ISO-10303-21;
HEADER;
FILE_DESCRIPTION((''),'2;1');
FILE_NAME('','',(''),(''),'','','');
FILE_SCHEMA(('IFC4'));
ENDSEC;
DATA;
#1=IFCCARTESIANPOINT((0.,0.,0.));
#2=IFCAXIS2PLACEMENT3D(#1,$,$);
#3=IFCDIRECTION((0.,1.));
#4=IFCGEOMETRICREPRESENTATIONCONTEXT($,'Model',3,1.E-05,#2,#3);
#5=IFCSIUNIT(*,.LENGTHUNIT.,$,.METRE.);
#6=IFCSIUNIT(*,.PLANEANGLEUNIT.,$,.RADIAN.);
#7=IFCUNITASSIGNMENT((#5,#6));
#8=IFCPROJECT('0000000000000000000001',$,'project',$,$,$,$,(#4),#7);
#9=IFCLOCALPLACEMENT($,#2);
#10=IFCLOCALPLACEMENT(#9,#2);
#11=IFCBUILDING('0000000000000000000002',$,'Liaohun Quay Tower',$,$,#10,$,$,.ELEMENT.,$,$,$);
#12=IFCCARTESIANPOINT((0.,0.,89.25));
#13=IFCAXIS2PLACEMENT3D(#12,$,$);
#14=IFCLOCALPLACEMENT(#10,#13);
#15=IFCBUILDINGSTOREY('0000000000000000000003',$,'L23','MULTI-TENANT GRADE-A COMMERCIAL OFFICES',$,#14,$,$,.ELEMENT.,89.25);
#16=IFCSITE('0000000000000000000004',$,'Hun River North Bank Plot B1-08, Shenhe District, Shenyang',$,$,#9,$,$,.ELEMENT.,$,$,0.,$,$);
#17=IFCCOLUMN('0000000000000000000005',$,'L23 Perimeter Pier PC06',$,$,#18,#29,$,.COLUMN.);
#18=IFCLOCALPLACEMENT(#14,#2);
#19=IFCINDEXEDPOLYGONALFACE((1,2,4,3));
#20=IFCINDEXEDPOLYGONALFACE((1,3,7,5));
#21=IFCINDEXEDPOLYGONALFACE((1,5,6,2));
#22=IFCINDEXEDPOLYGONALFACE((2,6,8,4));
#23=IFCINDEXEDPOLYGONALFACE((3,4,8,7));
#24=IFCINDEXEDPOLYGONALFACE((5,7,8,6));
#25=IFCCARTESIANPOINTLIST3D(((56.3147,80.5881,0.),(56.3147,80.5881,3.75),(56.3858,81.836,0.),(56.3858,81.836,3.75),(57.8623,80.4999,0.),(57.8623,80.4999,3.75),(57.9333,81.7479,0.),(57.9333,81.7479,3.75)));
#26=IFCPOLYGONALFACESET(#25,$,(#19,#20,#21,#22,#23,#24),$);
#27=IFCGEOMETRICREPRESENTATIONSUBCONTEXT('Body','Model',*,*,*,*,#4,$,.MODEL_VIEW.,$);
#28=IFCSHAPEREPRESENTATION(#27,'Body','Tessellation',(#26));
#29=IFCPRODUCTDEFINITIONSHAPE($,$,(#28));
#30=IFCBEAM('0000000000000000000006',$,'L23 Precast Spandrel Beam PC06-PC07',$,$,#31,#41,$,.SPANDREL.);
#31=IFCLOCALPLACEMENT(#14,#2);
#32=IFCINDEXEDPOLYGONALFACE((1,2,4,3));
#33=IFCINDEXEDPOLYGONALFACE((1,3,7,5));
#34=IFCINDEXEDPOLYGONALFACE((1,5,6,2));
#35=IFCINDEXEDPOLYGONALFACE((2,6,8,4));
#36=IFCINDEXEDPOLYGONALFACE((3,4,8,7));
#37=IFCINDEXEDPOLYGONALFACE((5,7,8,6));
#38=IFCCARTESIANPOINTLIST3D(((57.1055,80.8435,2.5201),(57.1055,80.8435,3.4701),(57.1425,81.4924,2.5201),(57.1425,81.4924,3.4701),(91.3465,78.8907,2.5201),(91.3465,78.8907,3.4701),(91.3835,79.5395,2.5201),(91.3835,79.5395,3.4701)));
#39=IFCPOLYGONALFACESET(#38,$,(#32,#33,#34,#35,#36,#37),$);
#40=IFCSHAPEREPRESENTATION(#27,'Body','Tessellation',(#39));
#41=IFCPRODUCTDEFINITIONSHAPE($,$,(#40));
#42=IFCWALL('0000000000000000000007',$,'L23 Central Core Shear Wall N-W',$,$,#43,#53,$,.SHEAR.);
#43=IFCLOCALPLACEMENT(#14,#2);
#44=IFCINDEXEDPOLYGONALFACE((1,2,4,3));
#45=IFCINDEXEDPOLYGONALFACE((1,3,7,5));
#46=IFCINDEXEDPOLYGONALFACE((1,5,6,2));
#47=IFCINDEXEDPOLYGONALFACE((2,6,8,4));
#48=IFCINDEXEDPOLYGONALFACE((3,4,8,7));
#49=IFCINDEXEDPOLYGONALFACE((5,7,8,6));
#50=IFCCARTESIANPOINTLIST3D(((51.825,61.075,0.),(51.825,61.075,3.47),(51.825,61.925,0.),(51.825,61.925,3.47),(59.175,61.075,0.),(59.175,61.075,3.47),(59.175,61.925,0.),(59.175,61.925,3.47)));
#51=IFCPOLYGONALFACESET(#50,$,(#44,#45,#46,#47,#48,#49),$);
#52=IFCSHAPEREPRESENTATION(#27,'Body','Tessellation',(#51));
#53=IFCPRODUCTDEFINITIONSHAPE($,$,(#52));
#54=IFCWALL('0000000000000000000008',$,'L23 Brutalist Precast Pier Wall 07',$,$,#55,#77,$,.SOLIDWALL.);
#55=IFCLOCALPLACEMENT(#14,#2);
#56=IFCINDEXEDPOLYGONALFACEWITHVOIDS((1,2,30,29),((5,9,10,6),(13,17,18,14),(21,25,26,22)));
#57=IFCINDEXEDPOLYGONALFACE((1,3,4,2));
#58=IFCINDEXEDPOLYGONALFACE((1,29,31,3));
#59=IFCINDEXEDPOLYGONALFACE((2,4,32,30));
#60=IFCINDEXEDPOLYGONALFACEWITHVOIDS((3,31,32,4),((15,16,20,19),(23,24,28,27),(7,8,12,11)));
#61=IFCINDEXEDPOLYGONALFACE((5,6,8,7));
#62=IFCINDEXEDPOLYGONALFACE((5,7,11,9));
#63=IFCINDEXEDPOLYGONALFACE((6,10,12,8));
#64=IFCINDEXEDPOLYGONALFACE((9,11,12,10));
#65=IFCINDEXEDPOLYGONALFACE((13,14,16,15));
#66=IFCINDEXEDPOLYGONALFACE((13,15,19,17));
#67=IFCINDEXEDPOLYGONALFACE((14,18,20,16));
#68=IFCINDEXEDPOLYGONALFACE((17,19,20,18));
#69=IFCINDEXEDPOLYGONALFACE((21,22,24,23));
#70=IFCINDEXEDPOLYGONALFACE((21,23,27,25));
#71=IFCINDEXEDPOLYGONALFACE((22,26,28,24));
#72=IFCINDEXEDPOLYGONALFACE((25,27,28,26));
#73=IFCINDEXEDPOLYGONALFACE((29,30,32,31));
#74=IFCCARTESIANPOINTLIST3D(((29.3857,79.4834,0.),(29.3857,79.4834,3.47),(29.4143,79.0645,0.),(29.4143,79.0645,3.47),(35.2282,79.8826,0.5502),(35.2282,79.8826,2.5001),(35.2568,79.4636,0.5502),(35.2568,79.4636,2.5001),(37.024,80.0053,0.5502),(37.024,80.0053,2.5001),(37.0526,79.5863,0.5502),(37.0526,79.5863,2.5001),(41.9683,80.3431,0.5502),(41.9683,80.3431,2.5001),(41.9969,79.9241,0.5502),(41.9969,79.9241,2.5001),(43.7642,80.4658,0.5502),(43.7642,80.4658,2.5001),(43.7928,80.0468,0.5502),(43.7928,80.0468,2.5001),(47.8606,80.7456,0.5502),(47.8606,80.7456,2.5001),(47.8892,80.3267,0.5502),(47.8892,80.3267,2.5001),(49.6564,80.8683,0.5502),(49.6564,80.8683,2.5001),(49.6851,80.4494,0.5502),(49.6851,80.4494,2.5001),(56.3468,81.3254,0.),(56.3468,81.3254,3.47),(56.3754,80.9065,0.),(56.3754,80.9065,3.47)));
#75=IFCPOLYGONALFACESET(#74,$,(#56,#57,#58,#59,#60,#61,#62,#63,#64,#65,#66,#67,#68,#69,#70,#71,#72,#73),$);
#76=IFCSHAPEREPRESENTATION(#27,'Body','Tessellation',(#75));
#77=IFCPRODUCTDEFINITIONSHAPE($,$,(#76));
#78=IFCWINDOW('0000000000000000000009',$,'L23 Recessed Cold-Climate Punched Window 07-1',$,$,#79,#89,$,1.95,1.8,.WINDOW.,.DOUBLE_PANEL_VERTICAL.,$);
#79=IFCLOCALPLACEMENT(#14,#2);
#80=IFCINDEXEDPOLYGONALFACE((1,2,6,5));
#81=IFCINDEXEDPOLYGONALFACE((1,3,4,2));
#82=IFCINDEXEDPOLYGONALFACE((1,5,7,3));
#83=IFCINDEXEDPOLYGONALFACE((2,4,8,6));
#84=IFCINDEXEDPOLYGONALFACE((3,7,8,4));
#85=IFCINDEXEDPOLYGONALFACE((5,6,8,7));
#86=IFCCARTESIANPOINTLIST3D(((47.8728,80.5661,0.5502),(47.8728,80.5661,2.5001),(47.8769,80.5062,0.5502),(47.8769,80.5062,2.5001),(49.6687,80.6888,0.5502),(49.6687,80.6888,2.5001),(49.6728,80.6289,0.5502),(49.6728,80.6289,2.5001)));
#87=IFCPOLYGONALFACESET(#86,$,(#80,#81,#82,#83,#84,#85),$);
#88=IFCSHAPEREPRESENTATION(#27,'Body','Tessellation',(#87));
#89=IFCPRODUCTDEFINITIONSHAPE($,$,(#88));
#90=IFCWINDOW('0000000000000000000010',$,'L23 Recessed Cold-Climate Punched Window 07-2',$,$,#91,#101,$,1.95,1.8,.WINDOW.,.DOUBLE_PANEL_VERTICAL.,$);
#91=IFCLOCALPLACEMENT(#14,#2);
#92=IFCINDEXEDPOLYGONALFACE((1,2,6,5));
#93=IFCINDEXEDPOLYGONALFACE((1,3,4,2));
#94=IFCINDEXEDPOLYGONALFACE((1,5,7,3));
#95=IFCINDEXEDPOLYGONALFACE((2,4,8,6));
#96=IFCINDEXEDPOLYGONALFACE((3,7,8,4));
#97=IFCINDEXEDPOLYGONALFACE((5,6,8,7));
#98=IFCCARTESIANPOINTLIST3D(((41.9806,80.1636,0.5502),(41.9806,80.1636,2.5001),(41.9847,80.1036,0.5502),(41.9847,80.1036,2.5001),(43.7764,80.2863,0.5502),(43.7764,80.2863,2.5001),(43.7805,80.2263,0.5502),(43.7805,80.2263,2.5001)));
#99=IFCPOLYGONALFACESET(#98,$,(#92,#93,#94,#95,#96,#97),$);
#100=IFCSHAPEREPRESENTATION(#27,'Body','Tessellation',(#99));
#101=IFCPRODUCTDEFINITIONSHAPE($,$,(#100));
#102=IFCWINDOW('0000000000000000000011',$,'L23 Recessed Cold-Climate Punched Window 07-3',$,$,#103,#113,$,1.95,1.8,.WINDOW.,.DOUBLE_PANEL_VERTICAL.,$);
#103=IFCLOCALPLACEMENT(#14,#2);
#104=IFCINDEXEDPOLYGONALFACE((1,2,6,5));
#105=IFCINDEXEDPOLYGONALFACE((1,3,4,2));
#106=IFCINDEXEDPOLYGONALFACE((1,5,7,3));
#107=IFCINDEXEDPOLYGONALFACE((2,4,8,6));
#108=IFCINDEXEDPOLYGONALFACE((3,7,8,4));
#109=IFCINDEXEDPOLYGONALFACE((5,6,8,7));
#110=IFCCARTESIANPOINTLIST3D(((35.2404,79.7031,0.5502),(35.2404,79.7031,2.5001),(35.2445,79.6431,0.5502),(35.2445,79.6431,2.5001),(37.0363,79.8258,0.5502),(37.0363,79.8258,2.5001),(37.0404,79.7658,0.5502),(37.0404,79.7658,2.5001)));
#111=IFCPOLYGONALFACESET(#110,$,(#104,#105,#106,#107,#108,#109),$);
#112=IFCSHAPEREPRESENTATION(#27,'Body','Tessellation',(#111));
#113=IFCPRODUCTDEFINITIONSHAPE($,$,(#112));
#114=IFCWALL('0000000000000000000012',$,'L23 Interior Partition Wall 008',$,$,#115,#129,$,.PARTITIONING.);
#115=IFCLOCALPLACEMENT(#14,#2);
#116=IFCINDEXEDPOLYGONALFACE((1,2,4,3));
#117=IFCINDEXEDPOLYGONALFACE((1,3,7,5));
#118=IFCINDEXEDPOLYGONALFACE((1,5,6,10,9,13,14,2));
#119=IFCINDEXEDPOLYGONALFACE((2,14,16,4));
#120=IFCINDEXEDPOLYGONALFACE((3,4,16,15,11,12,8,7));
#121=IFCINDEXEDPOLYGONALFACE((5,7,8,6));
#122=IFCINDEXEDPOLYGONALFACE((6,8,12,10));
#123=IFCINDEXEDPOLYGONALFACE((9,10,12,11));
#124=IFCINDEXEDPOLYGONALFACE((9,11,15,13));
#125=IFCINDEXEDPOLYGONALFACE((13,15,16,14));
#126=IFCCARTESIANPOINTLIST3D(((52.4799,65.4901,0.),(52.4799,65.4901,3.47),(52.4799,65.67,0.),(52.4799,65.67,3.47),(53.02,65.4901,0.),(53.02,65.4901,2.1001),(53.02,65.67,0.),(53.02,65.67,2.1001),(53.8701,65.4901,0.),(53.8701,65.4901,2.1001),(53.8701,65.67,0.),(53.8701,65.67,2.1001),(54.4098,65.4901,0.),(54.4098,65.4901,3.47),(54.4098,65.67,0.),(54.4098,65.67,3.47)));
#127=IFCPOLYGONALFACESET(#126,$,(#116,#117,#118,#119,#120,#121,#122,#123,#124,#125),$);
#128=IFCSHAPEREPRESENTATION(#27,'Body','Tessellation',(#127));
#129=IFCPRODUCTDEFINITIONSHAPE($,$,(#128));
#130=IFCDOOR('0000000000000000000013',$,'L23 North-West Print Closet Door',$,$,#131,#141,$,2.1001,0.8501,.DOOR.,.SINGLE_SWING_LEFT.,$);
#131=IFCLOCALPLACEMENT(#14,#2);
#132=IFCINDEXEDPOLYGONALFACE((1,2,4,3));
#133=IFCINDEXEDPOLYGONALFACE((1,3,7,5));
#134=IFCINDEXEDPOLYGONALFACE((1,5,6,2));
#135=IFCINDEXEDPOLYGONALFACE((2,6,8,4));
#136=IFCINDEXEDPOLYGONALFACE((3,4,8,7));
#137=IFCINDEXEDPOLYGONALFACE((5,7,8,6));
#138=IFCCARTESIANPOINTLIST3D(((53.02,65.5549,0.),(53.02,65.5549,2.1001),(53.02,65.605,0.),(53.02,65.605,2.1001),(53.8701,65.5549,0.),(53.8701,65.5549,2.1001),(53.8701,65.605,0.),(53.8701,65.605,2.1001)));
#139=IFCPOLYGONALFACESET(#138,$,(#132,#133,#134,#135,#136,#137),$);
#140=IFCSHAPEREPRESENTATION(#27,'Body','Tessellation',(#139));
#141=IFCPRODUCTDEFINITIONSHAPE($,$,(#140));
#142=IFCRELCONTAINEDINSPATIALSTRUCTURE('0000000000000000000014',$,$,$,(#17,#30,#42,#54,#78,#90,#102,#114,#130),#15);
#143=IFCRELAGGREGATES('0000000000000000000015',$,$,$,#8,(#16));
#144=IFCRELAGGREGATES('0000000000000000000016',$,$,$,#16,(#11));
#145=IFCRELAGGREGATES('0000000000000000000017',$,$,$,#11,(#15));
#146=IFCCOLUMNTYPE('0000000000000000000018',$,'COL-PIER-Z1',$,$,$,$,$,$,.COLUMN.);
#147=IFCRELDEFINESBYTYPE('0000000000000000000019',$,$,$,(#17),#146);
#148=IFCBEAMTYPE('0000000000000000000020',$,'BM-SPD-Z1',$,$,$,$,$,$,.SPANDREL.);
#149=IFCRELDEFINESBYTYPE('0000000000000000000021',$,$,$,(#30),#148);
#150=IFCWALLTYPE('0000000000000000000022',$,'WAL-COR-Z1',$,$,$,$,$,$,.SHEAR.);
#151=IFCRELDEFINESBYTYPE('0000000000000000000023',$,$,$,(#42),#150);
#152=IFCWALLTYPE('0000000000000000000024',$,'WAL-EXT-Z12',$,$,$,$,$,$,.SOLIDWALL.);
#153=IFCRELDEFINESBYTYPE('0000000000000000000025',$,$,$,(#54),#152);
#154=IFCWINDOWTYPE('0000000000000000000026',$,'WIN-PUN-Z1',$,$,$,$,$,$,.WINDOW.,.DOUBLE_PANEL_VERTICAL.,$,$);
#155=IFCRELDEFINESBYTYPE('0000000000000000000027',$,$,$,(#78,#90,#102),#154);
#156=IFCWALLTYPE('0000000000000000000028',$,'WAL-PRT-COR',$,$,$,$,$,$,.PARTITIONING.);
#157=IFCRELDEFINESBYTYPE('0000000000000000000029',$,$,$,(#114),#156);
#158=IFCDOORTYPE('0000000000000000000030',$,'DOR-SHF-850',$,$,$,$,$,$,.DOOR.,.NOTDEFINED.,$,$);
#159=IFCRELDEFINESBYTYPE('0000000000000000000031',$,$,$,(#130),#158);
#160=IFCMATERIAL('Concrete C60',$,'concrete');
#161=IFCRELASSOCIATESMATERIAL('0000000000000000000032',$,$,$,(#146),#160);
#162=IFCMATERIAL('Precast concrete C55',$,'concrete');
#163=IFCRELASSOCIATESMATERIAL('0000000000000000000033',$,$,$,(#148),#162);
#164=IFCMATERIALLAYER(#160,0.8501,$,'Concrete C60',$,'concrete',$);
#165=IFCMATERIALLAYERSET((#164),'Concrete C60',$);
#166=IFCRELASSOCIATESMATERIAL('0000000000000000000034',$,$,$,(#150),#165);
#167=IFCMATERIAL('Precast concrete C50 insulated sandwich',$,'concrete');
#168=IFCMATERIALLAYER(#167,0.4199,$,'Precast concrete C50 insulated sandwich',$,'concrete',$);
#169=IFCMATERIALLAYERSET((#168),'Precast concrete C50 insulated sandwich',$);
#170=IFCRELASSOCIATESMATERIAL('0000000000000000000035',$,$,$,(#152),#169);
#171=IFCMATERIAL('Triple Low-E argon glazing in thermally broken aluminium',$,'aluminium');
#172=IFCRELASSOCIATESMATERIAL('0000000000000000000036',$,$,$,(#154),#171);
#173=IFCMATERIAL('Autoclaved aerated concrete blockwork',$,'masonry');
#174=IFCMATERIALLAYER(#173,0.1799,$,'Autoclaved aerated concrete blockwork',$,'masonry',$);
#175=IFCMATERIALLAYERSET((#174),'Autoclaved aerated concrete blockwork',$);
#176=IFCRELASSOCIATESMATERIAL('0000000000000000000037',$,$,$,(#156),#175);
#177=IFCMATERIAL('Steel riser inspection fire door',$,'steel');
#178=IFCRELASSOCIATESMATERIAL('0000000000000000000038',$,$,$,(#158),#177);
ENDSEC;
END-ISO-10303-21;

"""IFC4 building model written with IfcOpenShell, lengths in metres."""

from ifc_helpers import new_model, si_unit, direction, frame, frame_2d, origin, origin_2d, place, context, subcontext, project, spatial, rectangle, extrude, source, transform, mapped, material, layer, layer_set, material_profile, profile_set, type_object, element, fill, save


model = new_model("IFC4")

# Units and contexts
model_context = context("Model", 3, precision=1e-05, world=origin(), true_north=direction((0.0, 1.0)))
body_context = subcontext(model_context, "Body", "Model", "MODEL_VIEW")
ifc_project = project(units=[si_unit("LENGTHUNIT", "METRE"), si_unit("PLANEANGLEUNIT", "RADIAN")], contexts=[model_context])

# Site, building, storey
site_placement = place(None, origin())
site = spatial("IfcSite", under=ifc_project, at=site_placement, Name="Hun River North Bank Plot B1-08, Shenhe District, Shenyang", CompositionType="ELEMENT", RefElevation=0.0)
building_placement = place(site_placement, origin())
building = spatial("IfcBuilding", under=site, at=building_placement, Name="Liaohun Quay Tower", CompositionType="ELEMENT")
storey_placement = place(building_placement, frame((0.0, 0.0, 89.25)))
storey = spatial("IfcBuildingStorey", under=building, at=storey_placement, Name="L23", Description="MULTI-TENANT GRADE-A COMMERCIAL OFFICES", CompositionType="ELEMENT", Elevation=89.25)

# Column
ifc_material_1 = material(Name="Concrete C60", Category="concrete")
ifc_material_profile_1 = material_profile(ifc_material_1, rectangle(XDim=1.55, YDim=1.25, at=origin_2d()), Name="RC1550x1250")
ifc_profile_set_1 = profile_set([ifc_material_profile_1], Name="Concrete C60")
column_type = type_object("IfcColumnType", Name="COL-PIER-Z1", PredefinedType="COLUMN", material=ifc_profile_set_1)
shared_shape_1 = source(origin(), body_context, "Body", "SweptSolid", [
    extrude(rectangle(XDim=1.55, YDim=1.25, at=origin_2d()), origin(), (0.0, 0.0, 1.0), 3.75),
])
column_placement = place(storey_placement, frame((57.124, 81.168, 0.0), z_axis=(0.0, 0.0, 1.0), x_axis=(-0.998382, 0.056867, 0.0)))
element("IfcColumn", 1, at=column_placement, inside=storey, type_object=column_type, Name="L23 Perimeter Pier PC06", PredefinedType="COLUMN", context=body_context, shape_type="MappedRepresentation", body=[
    mapped(shared_shape_1, transform((0.0, 0.0, 0.0), x_axis=(1.0, 0.0, 0.0), y_axis=(0.0, 1.0, 0.0), z_axis=(0.0, 0.0, 1.0), scale=1.0)),
])

# Beam
ifc_material_2 = material(Name="Precast concrete C55", Category="concrete")
ifc_material_profile_2 = material_profile(ifc_material_2, rectangle(XDim=0.6499, YDim=0.95, at=origin_2d()), Name="RC650x950")
ifc_profile_set_2 = profile_set([ifc_material_profile_2], Name="Precast concrete C55")
beam_type = type_object("IfcBeamType", Name="BM-SPD-Z1", PredefinedType="SPANDREL", material=ifc_profile_set_2)
shared_shape_2 = source(origin(), body_context, "Body", "SweptSolid", [
    extrude(rectangle(XDim=0.6499, YDim=0.95, at=origin_2d()), origin(), (0.0, 0.0, 1.0), 34.2966),
])
beam_placement = place(storey_placement, frame((57.124, 81.168, 2.9951), z_axis=(0.998378, -0.056941, 0.0), x_axis=(0.056941, 0.998378, 0.0)))
element("IfcBeam", 2, at=beam_placement, inside=storey, type_object=beam_type, Name="L23 Precast Spandrel Beam PC06-PC07", PredefinedType="SPANDREL", context=body_context, shape_type="MappedRepresentation", body=[
    mapped(shared_shape_2, transform((0.0, 0.0, 0.0), x_axis=(1.0, 0.0, 0.0), y_axis=(0.0, 1.0, 0.0), z_axis=(0.0, 0.0, 1.0), scale=1.0)),
])

# Wall
ifc_layer_1 = layer(ifc_material_1, 0.8501, Name="Concrete C60", Category="concrete")
ifc_layer_set_1 = layer_set([ifc_layer_1], Name="Concrete C60")
wall_type_1 = type_object("IfcWallType", Name="WAL-COR-Z1", PredefinedType="SHEAR", material=ifc_layer_set_1)
wall_1_placement = place(storey_placement, frame((51.825, 61.5, 0.0), z_axis=(0.0, 0.0, 1.0), x_axis=(1.0, 0.0, 0.0)))
element("IfcWall", 3, at=wall_1_placement, inside=storey, type_object=wall_type_1, Name="L23 Central Core Shear Wall N-W", PredefinedType="SHEAR", context=body_context, shape_type="SweptSolid", body=[
    extrude(rectangle(XDim=7.3501, YDim=0.8501, at=frame_2d((3.675, 0.0))), origin(), (0.0, 0.0, 1.0), 3.47),
])

# Wall, openings, windows
ifc_material_3 = material(Name="Precast concrete C50 insulated sandwich", Category="concrete")
ifc_layer_2 = layer(ifc_material_3, 0.4199, Name="Precast concrete C50 insulated sandwich", Category="concrete")
ifc_layer_set_2 = layer_set([ifc_layer_2], Name="Precast concrete C50 insulated sandwich")
wall_type_2 = type_object("IfcWallType", Name="WAL-EXT-Z12", PredefinedType="SOLIDWALL", material=ifc_layer_set_2)
wall_2_placement = place(storey_placement, frame((56.3611, 81.116, 0.0), z_axis=(0.0, 0.0, 1.0), x_axis=(-0.997674, -0.068163, 0.0)))
wall_2 = element("IfcWall", 4, at=wall_2_placement, inside=storey, type_object=wall_type_2, Name="L23 Brutalist Precast Pier Wall 07", PredefinedType="SOLIDWALL", context=body_context, shape_type="SweptSolid", body=[
    extrude(rectangle(XDim=27.0239, YDim=0.4199, at=frame_2d((13.512, 0.0))), origin(), (0.0, 0.0, 1.0), 3.47),
])
shared_shape_3 = source(origin(), body_context, "Body", "SweptSolid", [
    extrude(rectangle(XDim=1.8, YDim=1.95, at=frame_2d((0.8999, 0.9751))), frame((0.0, 0.22, 0.0), z_axis=(0.0, -1.0, 0.0), x_axis=(1.0, 0.0, 0.0)), (0.0, 0.0, 1.0), 0.4399),
])
opening_1_placement = place(wall_2_placement, frame((6.7061, 0.0, 0.55)))
opening_1 = element("IfcOpeningElement", 5, at=opening_1_placement, cuts=wall_2, PredefinedType="OPENING", context=body_context, shape_type="MappedRepresentation", body=[
    mapped(shared_shape_3, transform((0.0, 0.0, 0.0), x_axis=(1.0, 0.0, 0.0), y_axis=(0.0, 1.0, 0.0), z_axis=(0.0, 0.0, 1.0), scale=1.0)),
])
opening_2_placement = place(wall_2_placement, frame((12.6121, 0.0, 0.55)))
opening_2 = element("IfcOpeningElement", 6, at=opening_2_placement, cuts=wall_2, PredefinedType="OPENING", context=body_context, shape_type="MappedRepresentation", body=[
    mapped(shared_shape_3, transform((0.0, 0.0, 0.0), x_axis=(1.0, 0.0, 0.0), y_axis=(0.0, 1.0, 0.0), z_axis=(0.0, 0.0, 1.0), scale=1.0)),
])
opening_3_placement = place(wall_2_placement, frame((19.3679, 0.0, 0.55)))
opening_3 = element("IfcOpeningElement", 7, at=opening_3_placement, cuts=wall_2, PredefinedType="OPENING", context=body_context, shape_type="MappedRepresentation", body=[
    mapped(shared_shape_3, transform((0.0, 0.0, 0.0), x_axis=(1.0, 0.0, 0.0), y_axis=(0.0, 1.0, 0.0), z_axis=(0.0, 0.0, 1.0), scale=1.0)),
])
ifc_material_4 = material(Name="Triple Low-E argon glazing in thermally broken aluminium", Category="aluminium")
window_type = type_object("IfcWindowType", Name="WIN-PUN-Z1", PartitioningType="DOUBLE_PANEL_VERTICAL", PredefinedType="WINDOW", material=ifc_material_4)
shared_shape_4 = source(origin(), body_context, "Body", "SweptSolid", [
    extrude(rectangle(XDim=1.8, YDim=1.95, at=frame_2d((0.8999, 0.9751))), frame((0.0, 0.03, 0.0), z_axis=(0.0, -1.0, 0.0), x_axis=(1.0, 0.0, 0.0)), (0.0, 0.0, 1.0), 0.0601),
])
window_1_placement = place(opening_1_placement, origin())
window_1 = element("IfcWindow", 8, at=window_1_placement, inside=storey, type_object=window_type, Name="L23 Recessed Cold-Climate Punched Window 07-1", OverallHeight=1.95, OverallWidth=1.8, PartitioningType="DOUBLE_PANEL_VERTICAL", PredefinedType="WINDOW", context=body_context, shape_type="MappedRepresentation", body=[
    mapped(shared_shape_4, transform((0.0, 0.0, 0.0), x_axis=(1.0, 0.0, 0.0), y_axis=(0.0, 1.0, 0.0), z_axis=(0.0, 0.0, 1.0), scale=1.0)),
])
fill(opening_1, window_1)
window_2_placement = place(opening_2_placement, origin())
window_2 = element("IfcWindow", 9, at=window_2_placement, inside=storey, type_object=window_type, Name="L23 Recessed Cold-Climate Punched Window 07-2", OverallHeight=1.95, OverallWidth=1.8, PartitioningType="DOUBLE_PANEL_VERTICAL", PredefinedType="WINDOW", context=body_context, shape_type="MappedRepresentation", body=[
    mapped(shared_shape_4, transform((0.0, 0.0, 0.0), x_axis=(1.0, 0.0, 0.0), y_axis=(0.0, 1.0, 0.0), z_axis=(0.0, 0.0, 1.0), scale=1.0)),
])
fill(opening_2, window_2)
window_3_placement = place(opening_3_placement, origin())
window_3 = element("IfcWindow", 10, at=window_3_placement, inside=storey, type_object=window_type, Name="L23 Recessed Cold-Climate Punched Window 07-3", OverallHeight=1.95, OverallWidth=1.8, PartitioningType="DOUBLE_PANEL_VERTICAL", PredefinedType="WINDOW", context=body_context, shape_type="MappedRepresentation", body=[
    mapped(shared_shape_4, transform((0.0, 0.0, 0.0), x_axis=(1.0, 0.0, 0.0), y_axis=(0.0, 1.0, 0.0), z_axis=(0.0, 0.0, 1.0), scale=1.0)),
])
fill(opening_3, window_3)

# Wall, opening, door
ifc_material_5 = material(Name="Autoclaved aerated concrete blockwork", Category="masonry")
ifc_layer_3 = layer(ifc_material_5, 0.1799, Name="Autoclaved aerated concrete blockwork", Category="masonry")
ifc_layer_set_3 = layer_set([ifc_layer_3], Name="Autoclaved aerated concrete blockwork")
wall_type_3 = type_object("IfcWallType", Name="WAL-PRT-COR", PredefinedType="PARTITIONING", material=ifc_layer_set_3)
wall_3_placement = place(storey_placement, frame((52.48, 65.5801, 0.0), z_axis=(0.0, 0.0, 1.0), x_axis=(1.0, 0.0, 0.0)))
wall_3 = element("IfcWall", 11, at=wall_3_placement, inside=storey, type_object=wall_type_3, Name="L23 Interior Partition Wall 008", PredefinedType="PARTITIONING", context=body_context, shape_type="SweptSolid", body=[
    extrude(rectangle(XDim=1.9299, YDim=0.1799, at=frame_2d((0.9648, 0.0))), origin(), (0.0, 0.0, 1.0), 3.47),
])
shared_shape_5 = source(origin(), body_context, "Body", "SweptSolid", [
    extrude(rectangle(XDim=0.8501, YDim=2.1001, at=frame_2d((0.425, 1.05))), frame((0.0, 0.0999, 0.0), z_axis=(0.0, -1.0, 0.0), x_axis=(1.0, 0.0, 0.0)), (0.0, 0.0, 1.0), 0.2),
])
opening_4_placement = place(wall_3_placement, frame((0.54, 0.0, 0.0)))
opening_4 = element("IfcOpeningElement", 12, at=opening_4_placement, cuts=wall_3, PredefinedType="OPENING", context=body_context, shape_type="MappedRepresentation", body=[
    mapped(shared_shape_5, transform((0.0, 0.0, 0.0), x_axis=(1.0, 0.0, 0.0), y_axis=(0.0, 1.0, 0.0), z_axis=(0.0, 0.0, 1.0), scale=1.0)),
])
ifc_material_6 = material(Name="Steel riser inspection fire door", Category="steel")
door_type_1 = type_object("IfcDoorType", Name="DOR-SHF-850", OperationType="NOTDEFINED", PredefinedType="DOOR", material=ifc_material_6)
shared_shape_6 = source(origin(), body_context, "Body", "SweptSolid", [
    extrude(rectangle(XDim=0.8501, YDim=2.1001, at=frame_2d((0.425, 1.05))), frame((0.0, 0.0249, 0.0), z_axis=(0.0, -1.0, 0.0), x_axis=(1.0, 0.0, 0.0)), (0.0, 0.0, 1.0), 0.05),
])
door_1_placement = place(opening_4_placement, origin())
door_1 = element("IfcDoor", 13, at=door_1_placement, inside=storey, type_object=door_type_1, Name="L23 North-West Print Closet Door", OperationType="SINGLE_SWING_LEFT", OverallHeight=2.1001, OverallWidth=0.8501, PredefinedType="DOOR", context=body_context, shape_type="MappedRepresentation", body=[
    mapped(shared_shape_6, transform((0.0, 0.0, 0.0), x_axis=(1.0, 0.0, 0.0), y_axis=(0.0, 1.0, 0.0), z_axis=(0.0, 0.0, 1.0), scale=1.0)),
])
fill(opening_4, door_1)

save(model, "model.ifc")
